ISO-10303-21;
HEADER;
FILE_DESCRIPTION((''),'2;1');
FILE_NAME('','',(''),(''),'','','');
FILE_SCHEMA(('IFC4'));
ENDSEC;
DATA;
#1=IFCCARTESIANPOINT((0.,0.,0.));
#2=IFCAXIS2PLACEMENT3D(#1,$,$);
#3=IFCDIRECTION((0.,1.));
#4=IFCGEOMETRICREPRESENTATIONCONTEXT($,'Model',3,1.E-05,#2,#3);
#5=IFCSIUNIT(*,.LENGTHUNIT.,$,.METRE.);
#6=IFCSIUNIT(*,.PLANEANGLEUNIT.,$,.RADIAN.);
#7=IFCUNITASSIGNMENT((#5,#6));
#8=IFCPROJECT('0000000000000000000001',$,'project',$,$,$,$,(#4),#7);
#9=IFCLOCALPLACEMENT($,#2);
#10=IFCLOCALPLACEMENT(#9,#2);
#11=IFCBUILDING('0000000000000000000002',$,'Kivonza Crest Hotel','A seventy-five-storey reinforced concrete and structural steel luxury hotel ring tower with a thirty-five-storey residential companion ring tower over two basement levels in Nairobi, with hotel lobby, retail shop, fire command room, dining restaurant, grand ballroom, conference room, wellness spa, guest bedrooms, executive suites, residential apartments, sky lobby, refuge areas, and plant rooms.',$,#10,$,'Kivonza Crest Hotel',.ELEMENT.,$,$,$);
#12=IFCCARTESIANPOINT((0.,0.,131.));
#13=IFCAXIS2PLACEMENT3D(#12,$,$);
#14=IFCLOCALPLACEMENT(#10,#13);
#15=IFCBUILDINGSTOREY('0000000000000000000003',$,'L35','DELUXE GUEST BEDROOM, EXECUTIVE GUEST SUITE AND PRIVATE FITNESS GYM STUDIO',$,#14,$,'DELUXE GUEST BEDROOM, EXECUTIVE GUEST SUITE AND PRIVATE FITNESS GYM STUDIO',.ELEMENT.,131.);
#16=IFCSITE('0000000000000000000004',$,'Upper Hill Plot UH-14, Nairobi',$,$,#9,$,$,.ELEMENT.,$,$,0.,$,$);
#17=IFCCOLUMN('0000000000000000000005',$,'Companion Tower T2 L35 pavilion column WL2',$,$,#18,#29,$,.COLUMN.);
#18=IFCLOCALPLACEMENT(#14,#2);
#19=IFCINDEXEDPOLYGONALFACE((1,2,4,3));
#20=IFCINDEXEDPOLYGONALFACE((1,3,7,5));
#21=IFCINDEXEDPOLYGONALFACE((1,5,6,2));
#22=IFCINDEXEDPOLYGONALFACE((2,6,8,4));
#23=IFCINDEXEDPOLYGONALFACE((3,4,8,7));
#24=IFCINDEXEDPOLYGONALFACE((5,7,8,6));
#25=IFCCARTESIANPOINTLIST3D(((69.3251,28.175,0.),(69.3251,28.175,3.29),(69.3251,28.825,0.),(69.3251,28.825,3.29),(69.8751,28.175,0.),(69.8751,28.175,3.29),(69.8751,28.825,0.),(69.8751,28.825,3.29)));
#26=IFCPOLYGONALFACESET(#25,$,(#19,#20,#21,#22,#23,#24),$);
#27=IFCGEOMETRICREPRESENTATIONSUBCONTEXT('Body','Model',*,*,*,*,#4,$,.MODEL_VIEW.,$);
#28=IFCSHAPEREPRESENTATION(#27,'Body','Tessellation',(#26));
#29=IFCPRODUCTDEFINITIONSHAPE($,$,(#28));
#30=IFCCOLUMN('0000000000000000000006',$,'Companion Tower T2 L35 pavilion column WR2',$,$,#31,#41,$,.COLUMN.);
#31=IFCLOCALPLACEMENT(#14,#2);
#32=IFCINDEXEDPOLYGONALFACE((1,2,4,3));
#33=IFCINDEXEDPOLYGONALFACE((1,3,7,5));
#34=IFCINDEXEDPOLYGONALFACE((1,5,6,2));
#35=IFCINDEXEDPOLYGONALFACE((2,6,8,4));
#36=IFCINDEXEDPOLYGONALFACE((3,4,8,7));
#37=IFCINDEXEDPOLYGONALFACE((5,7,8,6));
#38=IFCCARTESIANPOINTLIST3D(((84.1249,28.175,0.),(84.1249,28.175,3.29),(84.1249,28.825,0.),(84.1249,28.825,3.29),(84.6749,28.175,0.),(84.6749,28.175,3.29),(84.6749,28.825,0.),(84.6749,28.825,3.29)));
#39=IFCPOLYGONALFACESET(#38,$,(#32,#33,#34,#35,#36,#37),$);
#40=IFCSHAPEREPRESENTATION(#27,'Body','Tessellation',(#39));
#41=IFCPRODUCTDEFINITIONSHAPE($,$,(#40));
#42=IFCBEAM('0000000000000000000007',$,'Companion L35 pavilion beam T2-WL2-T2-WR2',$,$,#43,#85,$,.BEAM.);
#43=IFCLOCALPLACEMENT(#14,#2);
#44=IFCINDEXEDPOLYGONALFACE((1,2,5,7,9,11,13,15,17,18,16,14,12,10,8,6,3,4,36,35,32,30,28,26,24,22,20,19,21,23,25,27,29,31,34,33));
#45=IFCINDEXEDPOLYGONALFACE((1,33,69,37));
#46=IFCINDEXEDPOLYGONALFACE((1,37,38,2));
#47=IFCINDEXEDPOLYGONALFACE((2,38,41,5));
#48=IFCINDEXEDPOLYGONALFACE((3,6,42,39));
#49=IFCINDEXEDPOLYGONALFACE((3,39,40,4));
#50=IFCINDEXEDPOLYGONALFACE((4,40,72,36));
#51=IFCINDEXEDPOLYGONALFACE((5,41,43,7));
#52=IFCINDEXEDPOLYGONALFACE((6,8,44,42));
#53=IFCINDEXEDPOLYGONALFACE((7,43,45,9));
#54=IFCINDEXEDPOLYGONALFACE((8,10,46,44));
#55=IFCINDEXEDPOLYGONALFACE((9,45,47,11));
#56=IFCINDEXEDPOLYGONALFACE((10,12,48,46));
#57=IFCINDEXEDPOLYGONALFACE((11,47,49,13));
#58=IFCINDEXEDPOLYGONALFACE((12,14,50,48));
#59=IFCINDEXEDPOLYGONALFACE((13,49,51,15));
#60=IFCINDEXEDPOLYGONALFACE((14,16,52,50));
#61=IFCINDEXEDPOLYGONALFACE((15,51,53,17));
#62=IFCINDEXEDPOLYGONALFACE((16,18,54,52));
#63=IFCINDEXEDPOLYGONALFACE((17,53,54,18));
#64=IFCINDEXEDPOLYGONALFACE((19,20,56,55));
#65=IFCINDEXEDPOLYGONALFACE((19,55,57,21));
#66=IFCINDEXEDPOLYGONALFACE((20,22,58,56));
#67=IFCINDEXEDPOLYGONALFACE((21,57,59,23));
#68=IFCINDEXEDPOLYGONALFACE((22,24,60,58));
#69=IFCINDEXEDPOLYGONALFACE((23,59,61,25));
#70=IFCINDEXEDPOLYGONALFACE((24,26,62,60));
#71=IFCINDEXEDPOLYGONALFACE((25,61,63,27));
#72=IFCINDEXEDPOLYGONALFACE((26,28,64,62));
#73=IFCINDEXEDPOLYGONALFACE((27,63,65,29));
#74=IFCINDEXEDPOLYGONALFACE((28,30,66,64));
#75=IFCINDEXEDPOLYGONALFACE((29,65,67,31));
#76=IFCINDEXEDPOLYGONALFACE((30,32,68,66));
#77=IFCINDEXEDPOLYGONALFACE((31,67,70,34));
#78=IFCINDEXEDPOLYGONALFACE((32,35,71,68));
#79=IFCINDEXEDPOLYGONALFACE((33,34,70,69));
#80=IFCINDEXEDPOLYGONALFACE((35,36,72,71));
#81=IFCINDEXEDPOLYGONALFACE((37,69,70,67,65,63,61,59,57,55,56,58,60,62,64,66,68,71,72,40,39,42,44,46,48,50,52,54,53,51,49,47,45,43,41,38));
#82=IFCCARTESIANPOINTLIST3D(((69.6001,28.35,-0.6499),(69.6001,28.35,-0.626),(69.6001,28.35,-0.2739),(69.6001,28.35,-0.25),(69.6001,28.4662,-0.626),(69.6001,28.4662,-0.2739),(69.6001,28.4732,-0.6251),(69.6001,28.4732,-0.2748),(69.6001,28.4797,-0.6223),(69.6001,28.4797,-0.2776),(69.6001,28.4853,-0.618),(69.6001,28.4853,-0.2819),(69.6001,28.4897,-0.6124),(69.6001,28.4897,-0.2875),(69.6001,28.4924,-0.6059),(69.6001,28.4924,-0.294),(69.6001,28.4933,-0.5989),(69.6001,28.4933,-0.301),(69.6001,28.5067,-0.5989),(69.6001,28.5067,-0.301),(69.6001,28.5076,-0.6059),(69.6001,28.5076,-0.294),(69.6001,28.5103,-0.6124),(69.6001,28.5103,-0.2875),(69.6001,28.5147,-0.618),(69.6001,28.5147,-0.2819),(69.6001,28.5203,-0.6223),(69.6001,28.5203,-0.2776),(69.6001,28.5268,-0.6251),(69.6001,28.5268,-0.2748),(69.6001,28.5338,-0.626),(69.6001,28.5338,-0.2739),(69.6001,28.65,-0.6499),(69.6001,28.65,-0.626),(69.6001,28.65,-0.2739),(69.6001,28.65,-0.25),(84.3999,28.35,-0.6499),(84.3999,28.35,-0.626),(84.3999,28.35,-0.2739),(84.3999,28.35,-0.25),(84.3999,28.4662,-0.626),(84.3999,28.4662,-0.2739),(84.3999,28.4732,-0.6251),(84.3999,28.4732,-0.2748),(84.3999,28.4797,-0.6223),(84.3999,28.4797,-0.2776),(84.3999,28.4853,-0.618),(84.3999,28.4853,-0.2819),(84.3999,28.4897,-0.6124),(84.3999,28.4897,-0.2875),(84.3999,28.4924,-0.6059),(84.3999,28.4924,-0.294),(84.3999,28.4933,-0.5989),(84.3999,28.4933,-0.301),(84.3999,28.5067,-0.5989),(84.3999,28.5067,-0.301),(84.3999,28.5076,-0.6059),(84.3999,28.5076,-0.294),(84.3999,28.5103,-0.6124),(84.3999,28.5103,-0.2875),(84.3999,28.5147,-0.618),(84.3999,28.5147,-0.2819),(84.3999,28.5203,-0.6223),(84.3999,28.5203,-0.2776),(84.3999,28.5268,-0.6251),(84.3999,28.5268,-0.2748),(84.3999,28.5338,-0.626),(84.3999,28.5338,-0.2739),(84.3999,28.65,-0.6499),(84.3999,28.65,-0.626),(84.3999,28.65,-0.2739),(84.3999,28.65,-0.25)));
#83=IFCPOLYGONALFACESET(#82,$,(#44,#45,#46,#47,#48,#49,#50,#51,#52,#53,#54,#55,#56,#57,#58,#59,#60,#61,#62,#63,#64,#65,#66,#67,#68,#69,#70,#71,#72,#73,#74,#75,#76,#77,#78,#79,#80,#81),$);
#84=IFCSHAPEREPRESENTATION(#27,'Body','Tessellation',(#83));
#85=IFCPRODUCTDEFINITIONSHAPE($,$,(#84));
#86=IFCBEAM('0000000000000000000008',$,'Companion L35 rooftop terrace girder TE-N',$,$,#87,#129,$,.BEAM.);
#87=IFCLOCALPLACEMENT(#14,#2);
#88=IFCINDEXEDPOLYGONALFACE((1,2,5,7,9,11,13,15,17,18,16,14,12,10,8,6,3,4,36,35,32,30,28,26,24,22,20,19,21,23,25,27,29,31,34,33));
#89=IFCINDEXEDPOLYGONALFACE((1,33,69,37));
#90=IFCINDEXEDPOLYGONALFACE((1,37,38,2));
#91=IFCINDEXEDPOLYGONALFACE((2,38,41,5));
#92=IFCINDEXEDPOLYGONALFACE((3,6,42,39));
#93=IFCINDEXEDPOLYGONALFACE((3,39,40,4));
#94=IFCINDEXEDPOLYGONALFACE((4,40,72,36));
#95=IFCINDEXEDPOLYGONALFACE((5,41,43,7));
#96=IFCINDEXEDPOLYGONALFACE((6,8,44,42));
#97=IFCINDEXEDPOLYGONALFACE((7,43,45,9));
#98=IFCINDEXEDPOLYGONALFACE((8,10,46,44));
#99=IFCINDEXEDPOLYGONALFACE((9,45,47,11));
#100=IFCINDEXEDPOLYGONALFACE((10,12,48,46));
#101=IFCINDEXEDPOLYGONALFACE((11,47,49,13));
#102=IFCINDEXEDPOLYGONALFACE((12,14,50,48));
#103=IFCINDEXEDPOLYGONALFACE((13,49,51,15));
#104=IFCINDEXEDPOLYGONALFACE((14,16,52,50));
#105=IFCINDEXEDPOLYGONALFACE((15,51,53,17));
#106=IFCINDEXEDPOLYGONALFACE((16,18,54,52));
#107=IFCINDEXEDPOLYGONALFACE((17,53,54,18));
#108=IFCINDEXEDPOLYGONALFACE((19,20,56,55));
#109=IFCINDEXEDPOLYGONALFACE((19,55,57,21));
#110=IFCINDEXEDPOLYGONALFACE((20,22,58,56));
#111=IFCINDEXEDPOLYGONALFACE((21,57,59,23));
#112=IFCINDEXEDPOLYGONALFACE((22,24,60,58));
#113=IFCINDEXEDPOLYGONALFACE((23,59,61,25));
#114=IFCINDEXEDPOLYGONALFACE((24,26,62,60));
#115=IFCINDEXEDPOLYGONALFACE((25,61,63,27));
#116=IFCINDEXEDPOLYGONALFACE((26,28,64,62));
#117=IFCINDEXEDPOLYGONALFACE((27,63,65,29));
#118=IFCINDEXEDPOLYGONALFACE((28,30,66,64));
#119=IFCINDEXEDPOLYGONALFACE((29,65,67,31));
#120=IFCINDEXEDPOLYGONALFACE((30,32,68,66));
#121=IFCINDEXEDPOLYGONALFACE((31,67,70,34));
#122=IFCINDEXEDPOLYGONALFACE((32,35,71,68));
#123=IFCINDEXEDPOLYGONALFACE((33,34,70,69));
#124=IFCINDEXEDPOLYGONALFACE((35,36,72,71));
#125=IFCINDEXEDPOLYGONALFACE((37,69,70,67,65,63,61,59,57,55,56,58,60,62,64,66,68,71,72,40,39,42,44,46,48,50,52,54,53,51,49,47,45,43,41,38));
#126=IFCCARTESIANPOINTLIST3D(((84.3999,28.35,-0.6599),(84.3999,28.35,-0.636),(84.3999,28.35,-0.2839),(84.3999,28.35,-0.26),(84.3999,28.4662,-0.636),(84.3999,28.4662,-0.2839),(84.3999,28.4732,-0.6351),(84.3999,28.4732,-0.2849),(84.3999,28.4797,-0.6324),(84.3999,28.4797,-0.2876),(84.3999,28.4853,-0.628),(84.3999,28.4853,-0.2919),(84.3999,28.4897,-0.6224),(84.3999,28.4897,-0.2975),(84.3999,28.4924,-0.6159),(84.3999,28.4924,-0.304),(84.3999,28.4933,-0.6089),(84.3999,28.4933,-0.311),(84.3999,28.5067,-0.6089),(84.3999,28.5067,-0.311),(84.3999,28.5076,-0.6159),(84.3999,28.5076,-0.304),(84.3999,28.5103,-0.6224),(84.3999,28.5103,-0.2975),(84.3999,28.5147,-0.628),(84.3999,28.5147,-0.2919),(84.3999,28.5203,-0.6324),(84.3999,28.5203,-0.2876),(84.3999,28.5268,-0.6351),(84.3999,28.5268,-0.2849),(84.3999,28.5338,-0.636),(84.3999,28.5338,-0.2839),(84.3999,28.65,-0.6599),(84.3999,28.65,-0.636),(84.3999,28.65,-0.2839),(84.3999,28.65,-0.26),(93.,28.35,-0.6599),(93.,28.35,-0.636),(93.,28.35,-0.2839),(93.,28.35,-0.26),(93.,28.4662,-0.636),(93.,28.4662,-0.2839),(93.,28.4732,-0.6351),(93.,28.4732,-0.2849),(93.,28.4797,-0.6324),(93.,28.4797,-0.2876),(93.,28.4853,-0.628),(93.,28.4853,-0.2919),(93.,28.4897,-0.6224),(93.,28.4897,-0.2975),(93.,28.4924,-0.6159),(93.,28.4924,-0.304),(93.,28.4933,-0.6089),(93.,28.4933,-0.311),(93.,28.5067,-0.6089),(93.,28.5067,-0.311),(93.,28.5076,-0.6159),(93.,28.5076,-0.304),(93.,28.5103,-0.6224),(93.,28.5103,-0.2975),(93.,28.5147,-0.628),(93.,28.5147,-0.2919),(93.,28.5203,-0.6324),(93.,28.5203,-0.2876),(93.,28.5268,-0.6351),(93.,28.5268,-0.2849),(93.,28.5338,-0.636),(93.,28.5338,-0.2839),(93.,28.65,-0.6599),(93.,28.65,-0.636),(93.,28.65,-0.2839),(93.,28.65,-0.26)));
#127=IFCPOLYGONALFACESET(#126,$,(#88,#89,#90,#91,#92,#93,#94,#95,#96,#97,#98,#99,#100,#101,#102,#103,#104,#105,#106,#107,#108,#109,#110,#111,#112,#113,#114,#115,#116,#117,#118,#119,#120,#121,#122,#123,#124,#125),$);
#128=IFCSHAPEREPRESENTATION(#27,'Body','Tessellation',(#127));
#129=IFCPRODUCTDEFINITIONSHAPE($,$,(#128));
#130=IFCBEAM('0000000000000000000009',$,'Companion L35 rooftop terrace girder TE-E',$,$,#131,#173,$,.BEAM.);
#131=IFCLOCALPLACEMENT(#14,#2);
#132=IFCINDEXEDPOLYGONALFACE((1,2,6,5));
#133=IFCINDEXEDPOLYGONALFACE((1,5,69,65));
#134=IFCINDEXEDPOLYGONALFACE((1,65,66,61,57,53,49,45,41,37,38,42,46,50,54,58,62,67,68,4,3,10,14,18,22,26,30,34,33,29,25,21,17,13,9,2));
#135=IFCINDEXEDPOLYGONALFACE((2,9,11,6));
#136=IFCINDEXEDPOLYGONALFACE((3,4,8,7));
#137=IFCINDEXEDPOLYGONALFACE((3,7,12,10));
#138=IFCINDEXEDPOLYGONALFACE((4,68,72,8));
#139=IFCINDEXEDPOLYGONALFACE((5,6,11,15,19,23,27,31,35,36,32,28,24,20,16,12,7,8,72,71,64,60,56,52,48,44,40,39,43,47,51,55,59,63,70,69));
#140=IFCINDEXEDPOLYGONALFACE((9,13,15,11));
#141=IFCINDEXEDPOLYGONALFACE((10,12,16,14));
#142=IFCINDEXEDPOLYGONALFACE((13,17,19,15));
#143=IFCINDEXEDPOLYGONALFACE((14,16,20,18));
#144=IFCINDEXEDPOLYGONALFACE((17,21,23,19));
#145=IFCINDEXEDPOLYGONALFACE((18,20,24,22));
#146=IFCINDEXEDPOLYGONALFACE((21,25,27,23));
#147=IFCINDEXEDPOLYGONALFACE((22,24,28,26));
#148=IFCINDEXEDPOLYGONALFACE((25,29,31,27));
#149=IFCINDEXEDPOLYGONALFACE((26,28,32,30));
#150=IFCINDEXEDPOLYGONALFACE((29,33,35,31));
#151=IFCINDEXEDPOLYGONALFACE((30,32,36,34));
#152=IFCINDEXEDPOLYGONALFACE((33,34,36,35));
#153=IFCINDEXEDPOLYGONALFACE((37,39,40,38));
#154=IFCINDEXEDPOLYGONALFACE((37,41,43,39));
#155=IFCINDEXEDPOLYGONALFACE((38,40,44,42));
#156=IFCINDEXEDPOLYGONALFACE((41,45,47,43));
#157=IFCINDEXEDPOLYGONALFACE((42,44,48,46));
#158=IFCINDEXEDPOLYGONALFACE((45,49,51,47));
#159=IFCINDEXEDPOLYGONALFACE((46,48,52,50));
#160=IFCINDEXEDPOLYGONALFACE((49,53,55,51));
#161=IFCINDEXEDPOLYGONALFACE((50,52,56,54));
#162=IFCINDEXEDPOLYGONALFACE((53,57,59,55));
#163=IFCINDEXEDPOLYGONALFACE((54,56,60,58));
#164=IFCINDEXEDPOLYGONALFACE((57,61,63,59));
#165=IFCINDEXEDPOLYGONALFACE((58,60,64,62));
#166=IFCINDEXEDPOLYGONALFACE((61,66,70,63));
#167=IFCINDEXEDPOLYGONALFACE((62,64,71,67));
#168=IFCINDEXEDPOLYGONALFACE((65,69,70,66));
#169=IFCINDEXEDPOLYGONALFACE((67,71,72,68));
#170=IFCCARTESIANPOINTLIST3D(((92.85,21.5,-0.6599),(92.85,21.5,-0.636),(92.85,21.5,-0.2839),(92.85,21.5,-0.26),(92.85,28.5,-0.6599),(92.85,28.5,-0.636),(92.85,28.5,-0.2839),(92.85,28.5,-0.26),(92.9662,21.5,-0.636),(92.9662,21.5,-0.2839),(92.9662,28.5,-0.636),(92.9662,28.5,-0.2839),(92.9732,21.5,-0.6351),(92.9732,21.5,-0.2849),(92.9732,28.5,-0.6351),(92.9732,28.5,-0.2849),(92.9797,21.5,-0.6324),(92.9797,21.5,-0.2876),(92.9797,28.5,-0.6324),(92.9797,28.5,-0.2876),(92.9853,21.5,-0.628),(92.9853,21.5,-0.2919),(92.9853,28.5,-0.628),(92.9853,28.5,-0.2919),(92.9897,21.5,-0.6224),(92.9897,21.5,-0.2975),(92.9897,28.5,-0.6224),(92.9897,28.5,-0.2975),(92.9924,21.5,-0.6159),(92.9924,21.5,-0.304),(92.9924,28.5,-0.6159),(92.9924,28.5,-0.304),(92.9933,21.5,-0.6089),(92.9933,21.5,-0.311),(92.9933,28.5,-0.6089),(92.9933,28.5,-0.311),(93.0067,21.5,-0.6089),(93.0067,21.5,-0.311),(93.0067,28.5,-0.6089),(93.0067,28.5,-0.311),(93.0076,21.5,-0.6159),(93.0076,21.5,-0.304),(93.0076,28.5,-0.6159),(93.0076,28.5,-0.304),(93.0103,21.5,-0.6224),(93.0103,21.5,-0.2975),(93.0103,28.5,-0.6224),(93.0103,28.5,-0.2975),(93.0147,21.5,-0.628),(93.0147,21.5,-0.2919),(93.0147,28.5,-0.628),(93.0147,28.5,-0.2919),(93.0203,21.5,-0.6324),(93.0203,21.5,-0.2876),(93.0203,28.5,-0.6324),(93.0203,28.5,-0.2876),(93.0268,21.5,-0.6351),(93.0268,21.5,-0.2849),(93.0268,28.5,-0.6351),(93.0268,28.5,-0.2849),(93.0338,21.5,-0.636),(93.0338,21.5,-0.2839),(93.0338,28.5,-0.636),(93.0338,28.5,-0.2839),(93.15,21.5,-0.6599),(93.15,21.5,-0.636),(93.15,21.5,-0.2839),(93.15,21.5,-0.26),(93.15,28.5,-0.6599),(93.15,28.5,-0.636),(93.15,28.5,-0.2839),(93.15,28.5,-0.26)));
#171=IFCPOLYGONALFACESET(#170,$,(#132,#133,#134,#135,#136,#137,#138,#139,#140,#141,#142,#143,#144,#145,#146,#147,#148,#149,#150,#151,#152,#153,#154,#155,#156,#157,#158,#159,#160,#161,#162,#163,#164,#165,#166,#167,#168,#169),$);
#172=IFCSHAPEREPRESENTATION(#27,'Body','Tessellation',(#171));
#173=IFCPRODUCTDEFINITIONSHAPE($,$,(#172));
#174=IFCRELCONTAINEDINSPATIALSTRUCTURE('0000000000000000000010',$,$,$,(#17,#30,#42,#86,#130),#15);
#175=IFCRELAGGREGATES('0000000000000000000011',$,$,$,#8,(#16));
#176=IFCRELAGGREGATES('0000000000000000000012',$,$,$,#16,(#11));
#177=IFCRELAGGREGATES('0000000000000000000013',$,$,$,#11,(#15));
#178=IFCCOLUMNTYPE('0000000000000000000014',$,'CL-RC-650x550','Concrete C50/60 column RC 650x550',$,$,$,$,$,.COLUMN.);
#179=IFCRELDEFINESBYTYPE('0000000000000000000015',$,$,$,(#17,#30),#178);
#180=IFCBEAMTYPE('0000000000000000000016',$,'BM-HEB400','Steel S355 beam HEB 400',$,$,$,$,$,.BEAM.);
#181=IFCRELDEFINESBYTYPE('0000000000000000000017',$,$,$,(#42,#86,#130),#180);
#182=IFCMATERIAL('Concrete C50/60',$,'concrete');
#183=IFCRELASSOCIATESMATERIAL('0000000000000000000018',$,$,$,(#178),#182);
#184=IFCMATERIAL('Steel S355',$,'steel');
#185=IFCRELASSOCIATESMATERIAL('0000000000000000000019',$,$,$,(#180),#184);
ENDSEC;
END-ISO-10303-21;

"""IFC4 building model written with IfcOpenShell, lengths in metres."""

from ifc_helpers import new_model, si_unit, direction, frame, origin, origin_2d, place, context, subcontext, project, spatial, rectangle, i_section, extrude, material, material_profile, profile_set, type_object, element, save


model = new_model("IFC4")

# Units and contexts
model_context = context("Model", 3, precision=1e-05, world=origin(), true_north=direction((0.0, 1.0)))
body_context = subcontext(model_context, "Body", "Model", "MODEL_VIEW")
ifc_project = project(units=[si_unit("LENGTHUNIT", "METRE"), si_unit("PLANEANGLEUNIT", "RADIAN")], contexts=[model_context])

# Site, building, storey
site_placement = place(None, origin())
site = spatial("IfcSite", under=ifc_project, at=site_placement, Name="Upper Hill Plot UH-14, Nairobi", CompositionType="ELEMENT", RefElevation=0.0)
building_placement = place(site_placement, origin())
building = spatial("IfcBuilding", under=site, at=building_placement, Name="Kivonza Crest Hotel", Description="A seventy-five-storey reinforced concrete and structural steel luxury hotel ring tower with a thirty-five-storey residential companion ring tower over two basement levels in Nairobi, with hotel lobby, retail shop, fire command room, dining restaurant, grand ballroom, conference room, wellness spa, guest bedrooms, executive suites, residential apartments, sky lobby, refuge areas, and plant rooms.", LongName="Kivonza Crest Hotel", CompositionType="ELEMENT")
storey_placement = place(building_placement, frame((0.0, 0.0, 131.0)))
storey = spatial("IfcBuildingStorey", under=building, at=storey_placement, Name="L35", Description="DELUXE GUEST BEDROOM, EXECUTIVE GUEST SUITE AND PRIVATE FITNESS GYM STUDIO", LongName="DELUXE GUEST BEDROOM, EXECUTIVE GUEST SUITE AND PRIVATE FITNESS GYM STUDIO", CompositionType="ELEMENT", Elevation=131.0)

# Columns
ifc_material_1 = material(Name="Concrete C50/60", Category="concrete")
ifc_material_profile_1 = material_profile(ifc_material_1, rectangle(XDim=0.55, YDim=0.6499, at=origin_2d()), Name="RC 650x550")
ifc_profile_set_1 = profile_set([ifc_material_profile_1], Name="Concrete C50/60")
column_type = type_object("IfcColumnType", Name="CL-RC-650x550", Description="Concrete C50/60 column RC 650x550", PredefinedType="COLUMN", material=ifc_profile_set_1)
for number, where, z_axis, x_axis, name in (
    (1, (69.6001, 28.5, 0.0), (0.0, 0.0, 1.0), (1.0, 0.0, 0.0), "Companion Tower T2 L35 pavilion column WL2"),
    (2, (84.3999, 28.5, 0.0), (0.0, 0.0, 1.0), (1.0, 0.0, 0.0), "Companion Tower T2 L35 pavilion column WR2"),
):
    element("IfcColumn", number, at=place(storey_placement, frame(where, z_axis=z_axis, x_axis=x_axis)), inside=storey, type_object=column_type, Name=name, PredefinedType="COLUMN", context=body_context, shape_type="SweptSolid", body=[
        extrude(rectangle(XDim=0.55, YDim=0.6499, at=origin_2d()), origin(), (0.0, 0.0, 1.0), 3.29),
    ])

# Beams
ifc_material_2 = material(Name="Steel S355", Category="steel")
ifc_material_profile_2 = material_profile(ifc_material_2, i_section(OverallWidth=0.3, OverallDepth=0.3999, WebThickness=0.0134, FlangeThickness=0.0239, FilletRadius=0.0271, at=origin_2d()), Name="HEB 400")
ifc_profile_set_2 = profile_set([ifc_material_profile_2], Name="Steel S355")
beam_type = type_object("IfcBeamType", Name="BM-HEB400", Description="Steel S355 beam HEB 400", PredefinedType="BEAM", material=ifc_profile_set_2)
beam_1_placement = place(storey_placement, frame((69.6001, 28.5, -0.45), z_axis=(1.0, 0.0, 0.0), x_axis=(0.0, 1.0, 0.0)))
element("IfcBeam", 3, at=beam_1_placement, inside=storey, type_object=beam_type, Name="Companion L35 pavilion beam T2-WL2-T2-WR2", PredefinedType="BEAM", context=body_context, shape_type="SweptSolid", body=[
    extrude(i_section(OverallWidth=0.3, OverallDepth=0.3999, WebThickness=0.0134, FlangeThickness=0.0239, FilletRadius=0.0271, at=origin_2d()), origin(), (0.0, 0.0, 1.0), 14.7998),
])
beam_2_placement = place(storey_placement, frame((84.3999, 28.5, -0.46), z_axis=(1.0, 0.0, 0.0), x_axis=(0.0, 1.0, 0.0)))
element("IfcBeam", 4, at=beam_2_placement, inside=storey, type_object=beam_type, Name="Companion L35 rooftop terrace girder TE-N", PredefinedType="BEAM", context=body_context, shape_type="SweptSolid", body=[
    extrude(i_section(OverallWidth=0.3, OverallDepth=0.3999, WebThickness=0.0134, FlangeThickness=0.0239, FilletRadius=0.0271, at=origin_2d()), origin(), (0.0, 0.0, 1.0), 8.6001),
])
beam_3_placement = place(storey_placement, frame((93.0, 21.5, -0.46), z_axis=(0.0, 1.0, 0.0), x_axis=(-1.0, 0.0, 0.0)))
element("IfcBeam", 5, at=beam_3_placement, inside=storey, type_object=beam_type, Name="Companion L35 rooftop terrace girder TE-E", PredefinedType="BEAM", context=body_context, shape_type="SweptSolid", body=[
    extrude(i_section(OverallWidth=0.3, OverallDepth=0.3999, WebThickness=0.0134, FlangeThickness=0.0239, FilletRadius=0.0271, at=origin_2d()), origin(), (0.0, 0.0, 1.0), 7.0),
])

save(model, "model.ifc")
